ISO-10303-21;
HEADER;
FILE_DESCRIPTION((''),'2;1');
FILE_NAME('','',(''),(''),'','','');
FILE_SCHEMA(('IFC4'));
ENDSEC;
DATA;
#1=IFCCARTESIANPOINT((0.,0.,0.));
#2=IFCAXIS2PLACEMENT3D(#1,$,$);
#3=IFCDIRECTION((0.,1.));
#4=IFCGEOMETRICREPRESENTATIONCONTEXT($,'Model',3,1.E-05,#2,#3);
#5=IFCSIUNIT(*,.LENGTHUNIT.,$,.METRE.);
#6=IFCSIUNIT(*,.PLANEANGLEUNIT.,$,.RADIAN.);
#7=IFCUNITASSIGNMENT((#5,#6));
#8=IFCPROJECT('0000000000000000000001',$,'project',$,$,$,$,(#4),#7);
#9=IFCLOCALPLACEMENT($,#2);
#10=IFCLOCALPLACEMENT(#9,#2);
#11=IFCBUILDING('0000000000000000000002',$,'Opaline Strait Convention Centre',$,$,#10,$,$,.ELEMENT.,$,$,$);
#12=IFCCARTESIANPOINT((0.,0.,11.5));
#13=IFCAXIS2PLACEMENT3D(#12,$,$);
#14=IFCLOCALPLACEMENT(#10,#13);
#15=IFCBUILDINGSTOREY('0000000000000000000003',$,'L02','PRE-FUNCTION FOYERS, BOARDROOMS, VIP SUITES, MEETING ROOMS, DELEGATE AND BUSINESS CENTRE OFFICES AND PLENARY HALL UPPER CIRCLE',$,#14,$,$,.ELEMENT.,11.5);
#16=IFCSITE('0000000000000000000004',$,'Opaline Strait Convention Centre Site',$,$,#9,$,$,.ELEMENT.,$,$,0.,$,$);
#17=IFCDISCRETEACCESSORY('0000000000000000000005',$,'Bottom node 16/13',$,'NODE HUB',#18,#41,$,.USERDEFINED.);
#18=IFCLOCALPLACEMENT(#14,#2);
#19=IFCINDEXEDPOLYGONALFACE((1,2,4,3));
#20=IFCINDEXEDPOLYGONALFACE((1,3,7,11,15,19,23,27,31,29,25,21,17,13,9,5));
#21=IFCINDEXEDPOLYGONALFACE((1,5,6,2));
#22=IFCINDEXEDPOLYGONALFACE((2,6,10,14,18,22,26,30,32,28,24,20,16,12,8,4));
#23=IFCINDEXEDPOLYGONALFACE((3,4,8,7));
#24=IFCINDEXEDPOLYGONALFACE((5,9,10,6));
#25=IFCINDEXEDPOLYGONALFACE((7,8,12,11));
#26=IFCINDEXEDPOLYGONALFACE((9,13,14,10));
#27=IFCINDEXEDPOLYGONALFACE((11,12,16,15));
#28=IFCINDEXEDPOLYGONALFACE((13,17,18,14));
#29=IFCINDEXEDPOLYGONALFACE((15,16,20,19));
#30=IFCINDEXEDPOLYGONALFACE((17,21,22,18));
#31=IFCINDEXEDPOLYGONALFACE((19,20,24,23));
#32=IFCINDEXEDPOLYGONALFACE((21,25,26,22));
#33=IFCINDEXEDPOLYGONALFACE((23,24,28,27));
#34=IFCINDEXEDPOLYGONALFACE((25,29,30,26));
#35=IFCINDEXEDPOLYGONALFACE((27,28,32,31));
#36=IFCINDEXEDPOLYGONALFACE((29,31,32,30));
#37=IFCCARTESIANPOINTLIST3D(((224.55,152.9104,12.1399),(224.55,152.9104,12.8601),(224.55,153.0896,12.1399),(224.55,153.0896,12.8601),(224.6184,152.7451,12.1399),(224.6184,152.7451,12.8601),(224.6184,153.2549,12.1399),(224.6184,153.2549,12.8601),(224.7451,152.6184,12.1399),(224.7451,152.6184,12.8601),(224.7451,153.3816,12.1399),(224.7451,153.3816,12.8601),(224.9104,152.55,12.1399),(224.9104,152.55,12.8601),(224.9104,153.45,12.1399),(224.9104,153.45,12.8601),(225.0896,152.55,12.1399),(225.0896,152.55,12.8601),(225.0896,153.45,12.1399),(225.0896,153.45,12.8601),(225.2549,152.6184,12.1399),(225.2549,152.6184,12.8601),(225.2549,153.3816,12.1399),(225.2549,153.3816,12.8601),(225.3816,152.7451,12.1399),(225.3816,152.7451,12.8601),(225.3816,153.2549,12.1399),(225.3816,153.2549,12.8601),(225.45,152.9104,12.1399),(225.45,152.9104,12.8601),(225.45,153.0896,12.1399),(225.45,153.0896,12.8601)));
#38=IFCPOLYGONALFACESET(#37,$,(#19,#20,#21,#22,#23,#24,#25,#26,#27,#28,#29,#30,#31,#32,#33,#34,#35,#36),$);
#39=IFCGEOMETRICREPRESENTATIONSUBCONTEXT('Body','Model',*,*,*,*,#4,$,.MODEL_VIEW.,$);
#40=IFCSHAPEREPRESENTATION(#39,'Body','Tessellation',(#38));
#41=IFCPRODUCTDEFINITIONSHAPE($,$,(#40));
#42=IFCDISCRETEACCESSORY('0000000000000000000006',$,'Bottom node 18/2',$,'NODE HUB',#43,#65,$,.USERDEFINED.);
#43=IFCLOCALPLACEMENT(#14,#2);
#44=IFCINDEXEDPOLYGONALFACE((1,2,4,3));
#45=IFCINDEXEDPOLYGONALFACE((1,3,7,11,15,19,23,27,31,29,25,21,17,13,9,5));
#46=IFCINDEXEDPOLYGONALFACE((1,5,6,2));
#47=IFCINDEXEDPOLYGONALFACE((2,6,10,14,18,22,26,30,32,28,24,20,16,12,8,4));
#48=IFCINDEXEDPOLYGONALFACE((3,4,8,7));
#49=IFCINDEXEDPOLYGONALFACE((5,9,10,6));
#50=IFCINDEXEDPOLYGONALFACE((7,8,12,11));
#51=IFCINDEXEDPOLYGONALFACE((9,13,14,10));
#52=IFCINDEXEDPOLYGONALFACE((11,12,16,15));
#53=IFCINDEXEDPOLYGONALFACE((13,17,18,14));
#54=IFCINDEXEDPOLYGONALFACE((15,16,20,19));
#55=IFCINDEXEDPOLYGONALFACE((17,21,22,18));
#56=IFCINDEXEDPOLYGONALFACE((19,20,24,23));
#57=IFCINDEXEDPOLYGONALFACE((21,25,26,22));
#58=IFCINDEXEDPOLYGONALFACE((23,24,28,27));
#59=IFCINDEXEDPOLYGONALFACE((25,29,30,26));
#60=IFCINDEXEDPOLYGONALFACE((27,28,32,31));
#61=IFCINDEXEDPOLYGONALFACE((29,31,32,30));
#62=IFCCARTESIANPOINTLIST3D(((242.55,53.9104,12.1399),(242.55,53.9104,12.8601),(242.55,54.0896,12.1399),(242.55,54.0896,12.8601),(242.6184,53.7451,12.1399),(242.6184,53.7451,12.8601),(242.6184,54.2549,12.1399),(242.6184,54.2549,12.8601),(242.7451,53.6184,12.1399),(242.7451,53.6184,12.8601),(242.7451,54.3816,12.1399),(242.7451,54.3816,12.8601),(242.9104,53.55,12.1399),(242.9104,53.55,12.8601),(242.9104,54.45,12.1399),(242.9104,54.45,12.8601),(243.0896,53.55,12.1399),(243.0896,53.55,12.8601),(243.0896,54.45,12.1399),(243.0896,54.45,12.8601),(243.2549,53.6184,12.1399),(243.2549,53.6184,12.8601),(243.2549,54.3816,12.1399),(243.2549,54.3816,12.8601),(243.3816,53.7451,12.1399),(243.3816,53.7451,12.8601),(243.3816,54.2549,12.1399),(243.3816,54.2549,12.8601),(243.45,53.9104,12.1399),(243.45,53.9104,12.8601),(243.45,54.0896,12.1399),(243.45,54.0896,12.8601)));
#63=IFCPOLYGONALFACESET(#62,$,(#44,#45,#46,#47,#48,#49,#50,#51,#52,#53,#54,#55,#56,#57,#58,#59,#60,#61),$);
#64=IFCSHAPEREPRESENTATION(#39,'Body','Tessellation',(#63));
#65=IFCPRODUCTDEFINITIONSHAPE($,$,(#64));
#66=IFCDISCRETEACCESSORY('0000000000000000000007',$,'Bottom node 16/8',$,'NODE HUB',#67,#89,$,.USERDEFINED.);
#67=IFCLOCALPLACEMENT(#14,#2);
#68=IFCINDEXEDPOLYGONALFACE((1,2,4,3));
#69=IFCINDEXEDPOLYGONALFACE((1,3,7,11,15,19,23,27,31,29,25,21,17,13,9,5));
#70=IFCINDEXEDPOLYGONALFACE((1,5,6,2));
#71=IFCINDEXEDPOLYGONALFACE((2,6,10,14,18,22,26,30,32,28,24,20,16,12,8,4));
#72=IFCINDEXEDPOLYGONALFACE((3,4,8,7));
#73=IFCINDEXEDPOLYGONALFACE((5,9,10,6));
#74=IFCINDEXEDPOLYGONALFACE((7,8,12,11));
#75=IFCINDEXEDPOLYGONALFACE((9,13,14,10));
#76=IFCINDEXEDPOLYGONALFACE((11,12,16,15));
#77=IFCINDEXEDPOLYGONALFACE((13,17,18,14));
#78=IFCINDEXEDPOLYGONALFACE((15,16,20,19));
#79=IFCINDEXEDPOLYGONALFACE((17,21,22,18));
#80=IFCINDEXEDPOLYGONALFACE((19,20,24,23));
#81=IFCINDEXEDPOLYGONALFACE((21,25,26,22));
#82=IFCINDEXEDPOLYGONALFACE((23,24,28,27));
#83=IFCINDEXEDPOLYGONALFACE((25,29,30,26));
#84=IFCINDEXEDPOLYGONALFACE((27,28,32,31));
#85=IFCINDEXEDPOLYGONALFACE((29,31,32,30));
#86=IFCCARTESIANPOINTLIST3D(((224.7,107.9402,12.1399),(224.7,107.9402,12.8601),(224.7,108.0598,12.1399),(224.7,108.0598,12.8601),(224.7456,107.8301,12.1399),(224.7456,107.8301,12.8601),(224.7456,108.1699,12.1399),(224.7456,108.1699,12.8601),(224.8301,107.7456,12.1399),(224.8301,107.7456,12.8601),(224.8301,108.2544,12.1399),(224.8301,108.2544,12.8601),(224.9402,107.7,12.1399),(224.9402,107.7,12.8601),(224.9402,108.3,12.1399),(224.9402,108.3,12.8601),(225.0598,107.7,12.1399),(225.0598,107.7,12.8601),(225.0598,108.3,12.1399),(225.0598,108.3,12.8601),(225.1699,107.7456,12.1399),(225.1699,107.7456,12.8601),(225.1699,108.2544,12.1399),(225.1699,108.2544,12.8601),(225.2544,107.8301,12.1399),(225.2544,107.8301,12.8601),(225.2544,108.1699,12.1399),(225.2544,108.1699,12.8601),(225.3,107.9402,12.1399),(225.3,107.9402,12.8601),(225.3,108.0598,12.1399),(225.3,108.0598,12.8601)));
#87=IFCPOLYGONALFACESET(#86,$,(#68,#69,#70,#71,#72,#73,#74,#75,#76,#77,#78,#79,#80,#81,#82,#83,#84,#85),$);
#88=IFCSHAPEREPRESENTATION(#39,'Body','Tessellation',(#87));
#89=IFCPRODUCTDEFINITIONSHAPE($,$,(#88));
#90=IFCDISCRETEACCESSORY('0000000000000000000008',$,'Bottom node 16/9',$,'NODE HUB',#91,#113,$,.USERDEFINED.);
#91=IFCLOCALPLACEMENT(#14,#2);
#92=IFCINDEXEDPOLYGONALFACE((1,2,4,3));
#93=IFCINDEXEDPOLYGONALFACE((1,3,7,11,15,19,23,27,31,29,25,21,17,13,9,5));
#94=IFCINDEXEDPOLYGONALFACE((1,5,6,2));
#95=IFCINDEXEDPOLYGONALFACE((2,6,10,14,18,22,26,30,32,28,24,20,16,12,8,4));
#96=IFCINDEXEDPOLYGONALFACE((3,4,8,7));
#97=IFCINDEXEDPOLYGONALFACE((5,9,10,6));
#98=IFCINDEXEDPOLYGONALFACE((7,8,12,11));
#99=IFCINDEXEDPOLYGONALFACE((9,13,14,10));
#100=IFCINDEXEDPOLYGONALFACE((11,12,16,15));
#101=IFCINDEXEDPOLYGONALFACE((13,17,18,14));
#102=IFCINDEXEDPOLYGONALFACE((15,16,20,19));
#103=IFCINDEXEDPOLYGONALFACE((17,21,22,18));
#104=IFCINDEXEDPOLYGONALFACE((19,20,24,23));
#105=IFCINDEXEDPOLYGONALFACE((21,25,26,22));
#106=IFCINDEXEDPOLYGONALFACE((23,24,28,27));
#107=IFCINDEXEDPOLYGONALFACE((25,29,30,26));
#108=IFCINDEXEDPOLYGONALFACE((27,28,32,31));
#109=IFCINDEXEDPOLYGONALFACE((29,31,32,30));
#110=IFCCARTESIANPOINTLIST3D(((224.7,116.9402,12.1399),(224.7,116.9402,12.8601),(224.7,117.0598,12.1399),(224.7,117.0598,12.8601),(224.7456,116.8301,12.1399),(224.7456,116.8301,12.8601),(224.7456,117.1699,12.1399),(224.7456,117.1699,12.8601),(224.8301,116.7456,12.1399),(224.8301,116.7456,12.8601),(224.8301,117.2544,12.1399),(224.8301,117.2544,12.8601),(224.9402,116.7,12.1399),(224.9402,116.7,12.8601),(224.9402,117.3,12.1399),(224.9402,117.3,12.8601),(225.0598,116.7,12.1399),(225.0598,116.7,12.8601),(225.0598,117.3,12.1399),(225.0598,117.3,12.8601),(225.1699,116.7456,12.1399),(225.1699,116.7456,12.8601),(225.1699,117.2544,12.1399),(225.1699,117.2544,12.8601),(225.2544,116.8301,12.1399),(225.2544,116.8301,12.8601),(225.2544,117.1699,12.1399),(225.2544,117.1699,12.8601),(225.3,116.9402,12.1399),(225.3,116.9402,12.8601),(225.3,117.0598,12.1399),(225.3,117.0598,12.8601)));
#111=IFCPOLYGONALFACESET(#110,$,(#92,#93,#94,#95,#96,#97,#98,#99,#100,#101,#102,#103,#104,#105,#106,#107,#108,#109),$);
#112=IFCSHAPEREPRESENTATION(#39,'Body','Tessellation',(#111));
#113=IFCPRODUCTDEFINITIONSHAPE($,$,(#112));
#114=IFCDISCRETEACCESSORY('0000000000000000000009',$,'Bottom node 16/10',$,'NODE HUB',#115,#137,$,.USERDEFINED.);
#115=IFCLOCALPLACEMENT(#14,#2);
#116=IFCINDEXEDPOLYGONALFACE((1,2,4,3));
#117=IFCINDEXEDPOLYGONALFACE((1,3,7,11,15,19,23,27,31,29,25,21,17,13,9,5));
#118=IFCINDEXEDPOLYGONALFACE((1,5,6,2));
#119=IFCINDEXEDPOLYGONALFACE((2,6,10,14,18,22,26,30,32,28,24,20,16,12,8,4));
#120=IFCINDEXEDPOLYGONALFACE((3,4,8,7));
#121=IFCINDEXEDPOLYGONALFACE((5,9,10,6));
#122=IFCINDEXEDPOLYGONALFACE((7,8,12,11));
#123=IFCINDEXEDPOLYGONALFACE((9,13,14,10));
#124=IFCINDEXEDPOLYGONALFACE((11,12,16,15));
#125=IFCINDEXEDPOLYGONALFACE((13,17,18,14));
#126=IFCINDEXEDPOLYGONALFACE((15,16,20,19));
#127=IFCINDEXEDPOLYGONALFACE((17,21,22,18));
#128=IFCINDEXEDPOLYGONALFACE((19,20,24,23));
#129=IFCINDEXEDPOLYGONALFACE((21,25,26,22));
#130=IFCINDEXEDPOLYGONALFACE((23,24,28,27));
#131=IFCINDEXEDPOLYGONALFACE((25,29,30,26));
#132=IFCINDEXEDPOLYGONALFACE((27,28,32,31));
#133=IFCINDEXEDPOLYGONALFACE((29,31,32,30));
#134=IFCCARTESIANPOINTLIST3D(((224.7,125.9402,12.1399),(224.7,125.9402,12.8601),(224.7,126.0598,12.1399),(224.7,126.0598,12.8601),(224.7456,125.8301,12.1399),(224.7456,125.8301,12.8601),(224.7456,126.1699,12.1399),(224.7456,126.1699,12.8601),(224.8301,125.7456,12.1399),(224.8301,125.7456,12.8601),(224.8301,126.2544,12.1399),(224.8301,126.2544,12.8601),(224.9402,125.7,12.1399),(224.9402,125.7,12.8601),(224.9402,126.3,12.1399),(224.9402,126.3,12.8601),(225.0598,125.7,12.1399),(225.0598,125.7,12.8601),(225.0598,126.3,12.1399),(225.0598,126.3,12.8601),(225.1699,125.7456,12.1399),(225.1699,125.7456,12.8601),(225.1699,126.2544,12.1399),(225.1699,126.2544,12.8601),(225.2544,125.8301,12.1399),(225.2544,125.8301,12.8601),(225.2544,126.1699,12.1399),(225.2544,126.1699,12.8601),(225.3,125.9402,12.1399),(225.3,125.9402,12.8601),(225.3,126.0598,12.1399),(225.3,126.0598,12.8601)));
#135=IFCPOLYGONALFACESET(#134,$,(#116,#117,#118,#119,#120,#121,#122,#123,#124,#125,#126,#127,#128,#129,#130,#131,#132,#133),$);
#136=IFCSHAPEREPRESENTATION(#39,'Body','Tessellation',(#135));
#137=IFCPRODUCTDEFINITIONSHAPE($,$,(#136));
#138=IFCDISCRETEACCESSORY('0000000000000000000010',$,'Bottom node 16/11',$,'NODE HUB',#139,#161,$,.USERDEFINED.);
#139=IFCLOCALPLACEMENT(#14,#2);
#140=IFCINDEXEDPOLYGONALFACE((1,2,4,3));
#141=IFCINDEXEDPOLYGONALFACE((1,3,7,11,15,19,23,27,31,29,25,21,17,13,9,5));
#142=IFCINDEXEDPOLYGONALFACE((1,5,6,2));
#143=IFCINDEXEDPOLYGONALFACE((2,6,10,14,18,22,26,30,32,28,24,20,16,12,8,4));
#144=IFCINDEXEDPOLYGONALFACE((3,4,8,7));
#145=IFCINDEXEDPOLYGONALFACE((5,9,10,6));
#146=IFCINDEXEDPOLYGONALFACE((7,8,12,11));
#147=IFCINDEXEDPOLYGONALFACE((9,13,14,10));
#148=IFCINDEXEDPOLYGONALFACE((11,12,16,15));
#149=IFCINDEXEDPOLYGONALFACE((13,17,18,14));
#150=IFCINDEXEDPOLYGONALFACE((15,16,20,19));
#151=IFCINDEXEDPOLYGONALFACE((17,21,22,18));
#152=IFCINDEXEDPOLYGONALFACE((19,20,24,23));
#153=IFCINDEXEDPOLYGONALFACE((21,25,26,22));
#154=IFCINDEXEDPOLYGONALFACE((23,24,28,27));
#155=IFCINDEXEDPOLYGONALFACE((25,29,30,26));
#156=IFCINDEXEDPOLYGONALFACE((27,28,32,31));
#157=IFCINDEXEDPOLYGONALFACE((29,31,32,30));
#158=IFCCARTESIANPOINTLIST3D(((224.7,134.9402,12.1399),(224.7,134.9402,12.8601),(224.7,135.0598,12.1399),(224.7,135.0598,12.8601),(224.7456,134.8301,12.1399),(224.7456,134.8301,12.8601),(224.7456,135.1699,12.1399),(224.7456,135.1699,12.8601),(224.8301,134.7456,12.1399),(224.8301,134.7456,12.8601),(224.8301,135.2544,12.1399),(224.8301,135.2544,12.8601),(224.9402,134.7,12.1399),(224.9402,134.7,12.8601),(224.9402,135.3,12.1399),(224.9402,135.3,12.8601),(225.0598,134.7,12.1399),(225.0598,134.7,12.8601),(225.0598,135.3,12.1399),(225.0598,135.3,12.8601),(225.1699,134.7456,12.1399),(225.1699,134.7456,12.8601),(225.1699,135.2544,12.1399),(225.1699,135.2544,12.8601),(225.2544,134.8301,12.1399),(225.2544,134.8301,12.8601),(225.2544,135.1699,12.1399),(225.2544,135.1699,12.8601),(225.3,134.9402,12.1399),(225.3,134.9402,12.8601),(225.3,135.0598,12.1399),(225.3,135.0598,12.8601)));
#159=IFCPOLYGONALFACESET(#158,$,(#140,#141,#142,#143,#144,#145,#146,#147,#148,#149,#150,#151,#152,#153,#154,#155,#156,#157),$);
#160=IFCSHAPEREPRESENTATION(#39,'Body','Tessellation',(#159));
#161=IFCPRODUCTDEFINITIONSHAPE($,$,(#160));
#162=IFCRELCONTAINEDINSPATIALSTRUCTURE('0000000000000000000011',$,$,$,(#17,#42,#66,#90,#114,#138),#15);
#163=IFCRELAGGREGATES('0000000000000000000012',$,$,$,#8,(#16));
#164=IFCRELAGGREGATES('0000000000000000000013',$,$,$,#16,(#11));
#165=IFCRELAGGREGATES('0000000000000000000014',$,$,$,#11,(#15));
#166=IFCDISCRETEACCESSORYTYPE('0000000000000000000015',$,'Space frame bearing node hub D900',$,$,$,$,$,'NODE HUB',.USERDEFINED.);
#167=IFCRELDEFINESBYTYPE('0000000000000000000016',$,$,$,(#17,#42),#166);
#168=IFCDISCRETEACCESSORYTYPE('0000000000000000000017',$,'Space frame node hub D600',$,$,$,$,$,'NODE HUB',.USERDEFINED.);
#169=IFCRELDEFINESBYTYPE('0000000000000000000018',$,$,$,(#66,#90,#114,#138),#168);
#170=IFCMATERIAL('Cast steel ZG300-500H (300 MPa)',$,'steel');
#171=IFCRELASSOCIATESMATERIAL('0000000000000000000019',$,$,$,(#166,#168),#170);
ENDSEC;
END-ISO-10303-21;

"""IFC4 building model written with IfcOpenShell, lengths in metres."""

from ifc_helpers import new_model, si_unit, direction, frame, origin, place, context, subcontext, project, spatial, polyline, outline, extrude, material, type_object, element, save


model = new_model("IFC4")

# Units and contexts
model_context = context("Model", 3, precision=1e-05, world=origin(), true_north=direction((0.0, 1.0)))
body_context = subcontext(model_context, "Body", "Model", "MODEL_VIEW")
ifc_project = project(units=[si_unit("LENGTHUNIT", "METRE"), si_unit("PLANEANGLEUNIT", "RADIAN")], contexts=[model_context])

# Site, building, storey
site_placement = place(None, origin())
site = spatial("IfcSite", under=ifc_project, at=site_placement, Name="Opaline Strait Convention Centre Site", CompositionType="ELEMENT", RefElevation=0.0)
building_placement = place(site_placement, origin())
building = spatial("IfcBuilding", under=site, at=building_placement, Name="Opaline Strait Convention Centre", CompositionType="ELEMENT")
storey_placement = place(building_placement, frame((0.0, 0.0, 11.5)))
storey = spatial("IfcBuildingStorey", under=building, at=storey_placement, Name="L02", Description="PRE-FUNCTION FOYERS, BOARDROOMS, VIP SUITES, MEETING ROOMS, DELEGATE AND BUSINESS CENTRE OFFICES AND PLENARY HALL UPPER CIRCLE", CompositionType="ELEMENT", Elevation=11.5)

# Discrete accessories
ifc_material = material(Name="Cast steel ZG300-500H (300 MPa)", Category="steel")
discrete_accessory_type_1 = type_object("IfcDiscreteAccessoryType", Name="Space frame bearing node hub D900", ElementType="NODE HUB", PredefinedType="USERDEFINED", material=ifc_material)
discrete_accessory_1_placement = place(storey_placement, frame((0.0, 0.0, 12.1399)))
element("IfcDiscreteAccessory", 1, at=discrete_accessory_1_placement, inside=storey, type_object=discrete_accessory_type_1, Name="Bottom node 16/13", ObjectType="NODE HUB", PredefinedType="USERDEFINED", context=body_context, shape_type="SweptSolid", body=[
    extrude(outline(polyline([(225.45, 153.0896), (225.3816, 153.2549), (225.2549, 153.3816), (225.0896, 153.45), (224.9104, 153.45), (224.7451, 153.3816), (224.6184, 153.2549), (224.55, 153.0896), (224.55, 152.9104), (224.6184, 152.7451), (224.7451, 152.6184), (224.9104, 152.55), (225.0896, 152.55), (225.2549, 152.6184), (225.3816, 152.7451), (225.45, 152.9104), (225.45, 153.0896)])), origin(), (0.0, 0.0, 1.0), 0.7202),
])
discrete_accessory_2_placement = place(storey_placement, frame((0.0, 0.0, 12.1399)))
element("IfcDiscreteAccessory", 2, at=discrete_accessory_2_placement, inside=storey, type_object=discrete_accessory_type_1, Name="Bottom node 18/2", ObjectType="NODE HUB", PredefinedType="USERDEFINED", context=body_context, shape_type="SweptSolid", body=[
    extrude(outline(polyline([(243.45, 54.0896), (243.3816, 54.2549), (243.2549, 54.3816), (243.0896, 54.45), (242.9104, 54.45), (242.7451, 54.3816), (242.6184, 54.2549), (242.55, 54.0896), (242.55, 53.9104), (242.6184, 53.7451), (242.7451, 53.6184), (242.9104, 53.55), (243.0896, 53.55), (243.2549, 53.6184), (243.3816, 53.7451), (243.45, 53.9104), (243.45, 54.0896)])), origin(), (0.0, 0.0, 1.0), 0.7202),
])
discrete_accessory_type_2 = type_object("IfcDiscreteAccessoryType", Name="Space frame node hub D600", ElementType="NODE HUB", PredefinedType="USERDEFINED", material=ifc_material)
discrete_accessory_3_placement = place(storey_placement, frame((0.0, 0.0, 12.1399)))
element("IfcDiscreteAccessory", 3, at=discrete_accessory_3_placement, inside=storey, type_object=discrete_accessory_type_2, Name="Bottom node 16/8", ObjectType="NODE HUB", PredefinedType="USERDEFINED", context=body_context, shape_type="SweptSolid", body=[
    extrude(outline(polyline([(225.3, 108.0598), (225.2544, 108.1699), (225.1699, 108.2544), (225.0598, 108.3), (224.9402, 108.3), (224.8301, 108.2544), (224.7456, 108.1699), (224.7, 108.0598), (224.7, 107.9402), (224.7456, 107.8301), (224.8301, 107.7456), (224.9402, 107.7), (225.0598, 107.7), (225.1699, 107.7456), (225.2544, 107.8301), (225.3, 107.9402), (225.3, 108.0598)])), origin(), (0.0, 0.0, 1.0), 0.7202),
])
discrete_accessory_4_placement = place(storey_placement, frame((0.0, 0.0, 12.1399)))
element("IfcDiscreteAccessory", 4, at=discrete_accessory_4_placement, inside=storey, type_object=discrete_accessory_type_2, Name="Bottom node 16/9", ObjectType="NODE HUB", PredefinedType="USERDEFINED", context=body_context, shape_type="SweptSolid", body=[
    extrude(outline(polyline([(225.3, 117.0598), (225.2544, 117.1699), (225.1699, 117.2544), (225.0598, 117.3), (224.9402, 117.3), (224.8301, 117.2544), (224.7456, 117.1699), (224.7, 117.0598), (224.7, 116.9402), (224.7456, 116.8301), (224.8301, 116.7456), (224.9402, 116.7), (225.0598, 116.7), (225.1699, 116.7456), (225.2544, 116.8301), (225.3, 116.9402), (225.3, 117.0598)])), origin(), (0.0, 0.0, 1.0), 0.7202),
])
discrete_accessory_5_placement = place(storey_placement, frame((0.0, 0.0, 12.1399)))
element("IfcDiscreteAccessory", 5, at=discrete_accessory_5_placement, inside=storey, type_object=discrete_accessory_type_2, Name="Bottom node 16/10", ObjectType="NODE HUB", PredefinedType="USERDEFINED", context=body_context, shape_type="SweptSolid", body=[
    extrude(outline(polyline([(225.3, 126.0598), (225.2544, 126.1699), (225.1699, 126.2544), (225.0598, 126.3), (224.9402, 126.3), (224.8301, 126.2544), (224.7456, 126.1699), (224.7, 126.0598), (224.7, 125.9402), (224.7456, 125.8301), (224.8301, 125.7456), (224.9402, 125.7), (225.0598, 125.7), (225.1699, 125.7456), (225.2544, 125.8301), (225.3, 125.9402), (225.3, 126.0598)])), origin(), (0.0, 0.0, 1.0), 0.7202),
])
discrete_accessory_6_placement = place(storey_placement, frame((0.0, 0.0, 12.1399)))
element("IfcDiscreteAccessory", 6, at=discrete_accessory_6_placement, inside=storey, type_object=discrete_accessory_type_2, Name="Bottom node 16/11", ObjectType="NODE HUB", PredefinedType="USERDEFINED", context=body_context, shape_type="SweptSolid", body=[
    extrude(outline(polyline([(225.3, 135.0598), (225.2544, 135.1699), (225.1699, 135.2544), (225.0598, 135.3), (224.9402, 135.3), (224.8301, 135.2544), (224.7456, 135.1699), (224.7, 135.0598), (224.7, 134.9402), (224.7456, 134.8301), (224.8301, 134.7456), (224.9402, 134.7), (225.0598, 134.7), (225.1699, 134.7456), (225.2544, 134.8301), (225.3, 134.9402), (225.3, 135.0598)])), origin(), (0.0, 0.0, 1.0), 0.7202),
])

save(model, "model.ifc")
